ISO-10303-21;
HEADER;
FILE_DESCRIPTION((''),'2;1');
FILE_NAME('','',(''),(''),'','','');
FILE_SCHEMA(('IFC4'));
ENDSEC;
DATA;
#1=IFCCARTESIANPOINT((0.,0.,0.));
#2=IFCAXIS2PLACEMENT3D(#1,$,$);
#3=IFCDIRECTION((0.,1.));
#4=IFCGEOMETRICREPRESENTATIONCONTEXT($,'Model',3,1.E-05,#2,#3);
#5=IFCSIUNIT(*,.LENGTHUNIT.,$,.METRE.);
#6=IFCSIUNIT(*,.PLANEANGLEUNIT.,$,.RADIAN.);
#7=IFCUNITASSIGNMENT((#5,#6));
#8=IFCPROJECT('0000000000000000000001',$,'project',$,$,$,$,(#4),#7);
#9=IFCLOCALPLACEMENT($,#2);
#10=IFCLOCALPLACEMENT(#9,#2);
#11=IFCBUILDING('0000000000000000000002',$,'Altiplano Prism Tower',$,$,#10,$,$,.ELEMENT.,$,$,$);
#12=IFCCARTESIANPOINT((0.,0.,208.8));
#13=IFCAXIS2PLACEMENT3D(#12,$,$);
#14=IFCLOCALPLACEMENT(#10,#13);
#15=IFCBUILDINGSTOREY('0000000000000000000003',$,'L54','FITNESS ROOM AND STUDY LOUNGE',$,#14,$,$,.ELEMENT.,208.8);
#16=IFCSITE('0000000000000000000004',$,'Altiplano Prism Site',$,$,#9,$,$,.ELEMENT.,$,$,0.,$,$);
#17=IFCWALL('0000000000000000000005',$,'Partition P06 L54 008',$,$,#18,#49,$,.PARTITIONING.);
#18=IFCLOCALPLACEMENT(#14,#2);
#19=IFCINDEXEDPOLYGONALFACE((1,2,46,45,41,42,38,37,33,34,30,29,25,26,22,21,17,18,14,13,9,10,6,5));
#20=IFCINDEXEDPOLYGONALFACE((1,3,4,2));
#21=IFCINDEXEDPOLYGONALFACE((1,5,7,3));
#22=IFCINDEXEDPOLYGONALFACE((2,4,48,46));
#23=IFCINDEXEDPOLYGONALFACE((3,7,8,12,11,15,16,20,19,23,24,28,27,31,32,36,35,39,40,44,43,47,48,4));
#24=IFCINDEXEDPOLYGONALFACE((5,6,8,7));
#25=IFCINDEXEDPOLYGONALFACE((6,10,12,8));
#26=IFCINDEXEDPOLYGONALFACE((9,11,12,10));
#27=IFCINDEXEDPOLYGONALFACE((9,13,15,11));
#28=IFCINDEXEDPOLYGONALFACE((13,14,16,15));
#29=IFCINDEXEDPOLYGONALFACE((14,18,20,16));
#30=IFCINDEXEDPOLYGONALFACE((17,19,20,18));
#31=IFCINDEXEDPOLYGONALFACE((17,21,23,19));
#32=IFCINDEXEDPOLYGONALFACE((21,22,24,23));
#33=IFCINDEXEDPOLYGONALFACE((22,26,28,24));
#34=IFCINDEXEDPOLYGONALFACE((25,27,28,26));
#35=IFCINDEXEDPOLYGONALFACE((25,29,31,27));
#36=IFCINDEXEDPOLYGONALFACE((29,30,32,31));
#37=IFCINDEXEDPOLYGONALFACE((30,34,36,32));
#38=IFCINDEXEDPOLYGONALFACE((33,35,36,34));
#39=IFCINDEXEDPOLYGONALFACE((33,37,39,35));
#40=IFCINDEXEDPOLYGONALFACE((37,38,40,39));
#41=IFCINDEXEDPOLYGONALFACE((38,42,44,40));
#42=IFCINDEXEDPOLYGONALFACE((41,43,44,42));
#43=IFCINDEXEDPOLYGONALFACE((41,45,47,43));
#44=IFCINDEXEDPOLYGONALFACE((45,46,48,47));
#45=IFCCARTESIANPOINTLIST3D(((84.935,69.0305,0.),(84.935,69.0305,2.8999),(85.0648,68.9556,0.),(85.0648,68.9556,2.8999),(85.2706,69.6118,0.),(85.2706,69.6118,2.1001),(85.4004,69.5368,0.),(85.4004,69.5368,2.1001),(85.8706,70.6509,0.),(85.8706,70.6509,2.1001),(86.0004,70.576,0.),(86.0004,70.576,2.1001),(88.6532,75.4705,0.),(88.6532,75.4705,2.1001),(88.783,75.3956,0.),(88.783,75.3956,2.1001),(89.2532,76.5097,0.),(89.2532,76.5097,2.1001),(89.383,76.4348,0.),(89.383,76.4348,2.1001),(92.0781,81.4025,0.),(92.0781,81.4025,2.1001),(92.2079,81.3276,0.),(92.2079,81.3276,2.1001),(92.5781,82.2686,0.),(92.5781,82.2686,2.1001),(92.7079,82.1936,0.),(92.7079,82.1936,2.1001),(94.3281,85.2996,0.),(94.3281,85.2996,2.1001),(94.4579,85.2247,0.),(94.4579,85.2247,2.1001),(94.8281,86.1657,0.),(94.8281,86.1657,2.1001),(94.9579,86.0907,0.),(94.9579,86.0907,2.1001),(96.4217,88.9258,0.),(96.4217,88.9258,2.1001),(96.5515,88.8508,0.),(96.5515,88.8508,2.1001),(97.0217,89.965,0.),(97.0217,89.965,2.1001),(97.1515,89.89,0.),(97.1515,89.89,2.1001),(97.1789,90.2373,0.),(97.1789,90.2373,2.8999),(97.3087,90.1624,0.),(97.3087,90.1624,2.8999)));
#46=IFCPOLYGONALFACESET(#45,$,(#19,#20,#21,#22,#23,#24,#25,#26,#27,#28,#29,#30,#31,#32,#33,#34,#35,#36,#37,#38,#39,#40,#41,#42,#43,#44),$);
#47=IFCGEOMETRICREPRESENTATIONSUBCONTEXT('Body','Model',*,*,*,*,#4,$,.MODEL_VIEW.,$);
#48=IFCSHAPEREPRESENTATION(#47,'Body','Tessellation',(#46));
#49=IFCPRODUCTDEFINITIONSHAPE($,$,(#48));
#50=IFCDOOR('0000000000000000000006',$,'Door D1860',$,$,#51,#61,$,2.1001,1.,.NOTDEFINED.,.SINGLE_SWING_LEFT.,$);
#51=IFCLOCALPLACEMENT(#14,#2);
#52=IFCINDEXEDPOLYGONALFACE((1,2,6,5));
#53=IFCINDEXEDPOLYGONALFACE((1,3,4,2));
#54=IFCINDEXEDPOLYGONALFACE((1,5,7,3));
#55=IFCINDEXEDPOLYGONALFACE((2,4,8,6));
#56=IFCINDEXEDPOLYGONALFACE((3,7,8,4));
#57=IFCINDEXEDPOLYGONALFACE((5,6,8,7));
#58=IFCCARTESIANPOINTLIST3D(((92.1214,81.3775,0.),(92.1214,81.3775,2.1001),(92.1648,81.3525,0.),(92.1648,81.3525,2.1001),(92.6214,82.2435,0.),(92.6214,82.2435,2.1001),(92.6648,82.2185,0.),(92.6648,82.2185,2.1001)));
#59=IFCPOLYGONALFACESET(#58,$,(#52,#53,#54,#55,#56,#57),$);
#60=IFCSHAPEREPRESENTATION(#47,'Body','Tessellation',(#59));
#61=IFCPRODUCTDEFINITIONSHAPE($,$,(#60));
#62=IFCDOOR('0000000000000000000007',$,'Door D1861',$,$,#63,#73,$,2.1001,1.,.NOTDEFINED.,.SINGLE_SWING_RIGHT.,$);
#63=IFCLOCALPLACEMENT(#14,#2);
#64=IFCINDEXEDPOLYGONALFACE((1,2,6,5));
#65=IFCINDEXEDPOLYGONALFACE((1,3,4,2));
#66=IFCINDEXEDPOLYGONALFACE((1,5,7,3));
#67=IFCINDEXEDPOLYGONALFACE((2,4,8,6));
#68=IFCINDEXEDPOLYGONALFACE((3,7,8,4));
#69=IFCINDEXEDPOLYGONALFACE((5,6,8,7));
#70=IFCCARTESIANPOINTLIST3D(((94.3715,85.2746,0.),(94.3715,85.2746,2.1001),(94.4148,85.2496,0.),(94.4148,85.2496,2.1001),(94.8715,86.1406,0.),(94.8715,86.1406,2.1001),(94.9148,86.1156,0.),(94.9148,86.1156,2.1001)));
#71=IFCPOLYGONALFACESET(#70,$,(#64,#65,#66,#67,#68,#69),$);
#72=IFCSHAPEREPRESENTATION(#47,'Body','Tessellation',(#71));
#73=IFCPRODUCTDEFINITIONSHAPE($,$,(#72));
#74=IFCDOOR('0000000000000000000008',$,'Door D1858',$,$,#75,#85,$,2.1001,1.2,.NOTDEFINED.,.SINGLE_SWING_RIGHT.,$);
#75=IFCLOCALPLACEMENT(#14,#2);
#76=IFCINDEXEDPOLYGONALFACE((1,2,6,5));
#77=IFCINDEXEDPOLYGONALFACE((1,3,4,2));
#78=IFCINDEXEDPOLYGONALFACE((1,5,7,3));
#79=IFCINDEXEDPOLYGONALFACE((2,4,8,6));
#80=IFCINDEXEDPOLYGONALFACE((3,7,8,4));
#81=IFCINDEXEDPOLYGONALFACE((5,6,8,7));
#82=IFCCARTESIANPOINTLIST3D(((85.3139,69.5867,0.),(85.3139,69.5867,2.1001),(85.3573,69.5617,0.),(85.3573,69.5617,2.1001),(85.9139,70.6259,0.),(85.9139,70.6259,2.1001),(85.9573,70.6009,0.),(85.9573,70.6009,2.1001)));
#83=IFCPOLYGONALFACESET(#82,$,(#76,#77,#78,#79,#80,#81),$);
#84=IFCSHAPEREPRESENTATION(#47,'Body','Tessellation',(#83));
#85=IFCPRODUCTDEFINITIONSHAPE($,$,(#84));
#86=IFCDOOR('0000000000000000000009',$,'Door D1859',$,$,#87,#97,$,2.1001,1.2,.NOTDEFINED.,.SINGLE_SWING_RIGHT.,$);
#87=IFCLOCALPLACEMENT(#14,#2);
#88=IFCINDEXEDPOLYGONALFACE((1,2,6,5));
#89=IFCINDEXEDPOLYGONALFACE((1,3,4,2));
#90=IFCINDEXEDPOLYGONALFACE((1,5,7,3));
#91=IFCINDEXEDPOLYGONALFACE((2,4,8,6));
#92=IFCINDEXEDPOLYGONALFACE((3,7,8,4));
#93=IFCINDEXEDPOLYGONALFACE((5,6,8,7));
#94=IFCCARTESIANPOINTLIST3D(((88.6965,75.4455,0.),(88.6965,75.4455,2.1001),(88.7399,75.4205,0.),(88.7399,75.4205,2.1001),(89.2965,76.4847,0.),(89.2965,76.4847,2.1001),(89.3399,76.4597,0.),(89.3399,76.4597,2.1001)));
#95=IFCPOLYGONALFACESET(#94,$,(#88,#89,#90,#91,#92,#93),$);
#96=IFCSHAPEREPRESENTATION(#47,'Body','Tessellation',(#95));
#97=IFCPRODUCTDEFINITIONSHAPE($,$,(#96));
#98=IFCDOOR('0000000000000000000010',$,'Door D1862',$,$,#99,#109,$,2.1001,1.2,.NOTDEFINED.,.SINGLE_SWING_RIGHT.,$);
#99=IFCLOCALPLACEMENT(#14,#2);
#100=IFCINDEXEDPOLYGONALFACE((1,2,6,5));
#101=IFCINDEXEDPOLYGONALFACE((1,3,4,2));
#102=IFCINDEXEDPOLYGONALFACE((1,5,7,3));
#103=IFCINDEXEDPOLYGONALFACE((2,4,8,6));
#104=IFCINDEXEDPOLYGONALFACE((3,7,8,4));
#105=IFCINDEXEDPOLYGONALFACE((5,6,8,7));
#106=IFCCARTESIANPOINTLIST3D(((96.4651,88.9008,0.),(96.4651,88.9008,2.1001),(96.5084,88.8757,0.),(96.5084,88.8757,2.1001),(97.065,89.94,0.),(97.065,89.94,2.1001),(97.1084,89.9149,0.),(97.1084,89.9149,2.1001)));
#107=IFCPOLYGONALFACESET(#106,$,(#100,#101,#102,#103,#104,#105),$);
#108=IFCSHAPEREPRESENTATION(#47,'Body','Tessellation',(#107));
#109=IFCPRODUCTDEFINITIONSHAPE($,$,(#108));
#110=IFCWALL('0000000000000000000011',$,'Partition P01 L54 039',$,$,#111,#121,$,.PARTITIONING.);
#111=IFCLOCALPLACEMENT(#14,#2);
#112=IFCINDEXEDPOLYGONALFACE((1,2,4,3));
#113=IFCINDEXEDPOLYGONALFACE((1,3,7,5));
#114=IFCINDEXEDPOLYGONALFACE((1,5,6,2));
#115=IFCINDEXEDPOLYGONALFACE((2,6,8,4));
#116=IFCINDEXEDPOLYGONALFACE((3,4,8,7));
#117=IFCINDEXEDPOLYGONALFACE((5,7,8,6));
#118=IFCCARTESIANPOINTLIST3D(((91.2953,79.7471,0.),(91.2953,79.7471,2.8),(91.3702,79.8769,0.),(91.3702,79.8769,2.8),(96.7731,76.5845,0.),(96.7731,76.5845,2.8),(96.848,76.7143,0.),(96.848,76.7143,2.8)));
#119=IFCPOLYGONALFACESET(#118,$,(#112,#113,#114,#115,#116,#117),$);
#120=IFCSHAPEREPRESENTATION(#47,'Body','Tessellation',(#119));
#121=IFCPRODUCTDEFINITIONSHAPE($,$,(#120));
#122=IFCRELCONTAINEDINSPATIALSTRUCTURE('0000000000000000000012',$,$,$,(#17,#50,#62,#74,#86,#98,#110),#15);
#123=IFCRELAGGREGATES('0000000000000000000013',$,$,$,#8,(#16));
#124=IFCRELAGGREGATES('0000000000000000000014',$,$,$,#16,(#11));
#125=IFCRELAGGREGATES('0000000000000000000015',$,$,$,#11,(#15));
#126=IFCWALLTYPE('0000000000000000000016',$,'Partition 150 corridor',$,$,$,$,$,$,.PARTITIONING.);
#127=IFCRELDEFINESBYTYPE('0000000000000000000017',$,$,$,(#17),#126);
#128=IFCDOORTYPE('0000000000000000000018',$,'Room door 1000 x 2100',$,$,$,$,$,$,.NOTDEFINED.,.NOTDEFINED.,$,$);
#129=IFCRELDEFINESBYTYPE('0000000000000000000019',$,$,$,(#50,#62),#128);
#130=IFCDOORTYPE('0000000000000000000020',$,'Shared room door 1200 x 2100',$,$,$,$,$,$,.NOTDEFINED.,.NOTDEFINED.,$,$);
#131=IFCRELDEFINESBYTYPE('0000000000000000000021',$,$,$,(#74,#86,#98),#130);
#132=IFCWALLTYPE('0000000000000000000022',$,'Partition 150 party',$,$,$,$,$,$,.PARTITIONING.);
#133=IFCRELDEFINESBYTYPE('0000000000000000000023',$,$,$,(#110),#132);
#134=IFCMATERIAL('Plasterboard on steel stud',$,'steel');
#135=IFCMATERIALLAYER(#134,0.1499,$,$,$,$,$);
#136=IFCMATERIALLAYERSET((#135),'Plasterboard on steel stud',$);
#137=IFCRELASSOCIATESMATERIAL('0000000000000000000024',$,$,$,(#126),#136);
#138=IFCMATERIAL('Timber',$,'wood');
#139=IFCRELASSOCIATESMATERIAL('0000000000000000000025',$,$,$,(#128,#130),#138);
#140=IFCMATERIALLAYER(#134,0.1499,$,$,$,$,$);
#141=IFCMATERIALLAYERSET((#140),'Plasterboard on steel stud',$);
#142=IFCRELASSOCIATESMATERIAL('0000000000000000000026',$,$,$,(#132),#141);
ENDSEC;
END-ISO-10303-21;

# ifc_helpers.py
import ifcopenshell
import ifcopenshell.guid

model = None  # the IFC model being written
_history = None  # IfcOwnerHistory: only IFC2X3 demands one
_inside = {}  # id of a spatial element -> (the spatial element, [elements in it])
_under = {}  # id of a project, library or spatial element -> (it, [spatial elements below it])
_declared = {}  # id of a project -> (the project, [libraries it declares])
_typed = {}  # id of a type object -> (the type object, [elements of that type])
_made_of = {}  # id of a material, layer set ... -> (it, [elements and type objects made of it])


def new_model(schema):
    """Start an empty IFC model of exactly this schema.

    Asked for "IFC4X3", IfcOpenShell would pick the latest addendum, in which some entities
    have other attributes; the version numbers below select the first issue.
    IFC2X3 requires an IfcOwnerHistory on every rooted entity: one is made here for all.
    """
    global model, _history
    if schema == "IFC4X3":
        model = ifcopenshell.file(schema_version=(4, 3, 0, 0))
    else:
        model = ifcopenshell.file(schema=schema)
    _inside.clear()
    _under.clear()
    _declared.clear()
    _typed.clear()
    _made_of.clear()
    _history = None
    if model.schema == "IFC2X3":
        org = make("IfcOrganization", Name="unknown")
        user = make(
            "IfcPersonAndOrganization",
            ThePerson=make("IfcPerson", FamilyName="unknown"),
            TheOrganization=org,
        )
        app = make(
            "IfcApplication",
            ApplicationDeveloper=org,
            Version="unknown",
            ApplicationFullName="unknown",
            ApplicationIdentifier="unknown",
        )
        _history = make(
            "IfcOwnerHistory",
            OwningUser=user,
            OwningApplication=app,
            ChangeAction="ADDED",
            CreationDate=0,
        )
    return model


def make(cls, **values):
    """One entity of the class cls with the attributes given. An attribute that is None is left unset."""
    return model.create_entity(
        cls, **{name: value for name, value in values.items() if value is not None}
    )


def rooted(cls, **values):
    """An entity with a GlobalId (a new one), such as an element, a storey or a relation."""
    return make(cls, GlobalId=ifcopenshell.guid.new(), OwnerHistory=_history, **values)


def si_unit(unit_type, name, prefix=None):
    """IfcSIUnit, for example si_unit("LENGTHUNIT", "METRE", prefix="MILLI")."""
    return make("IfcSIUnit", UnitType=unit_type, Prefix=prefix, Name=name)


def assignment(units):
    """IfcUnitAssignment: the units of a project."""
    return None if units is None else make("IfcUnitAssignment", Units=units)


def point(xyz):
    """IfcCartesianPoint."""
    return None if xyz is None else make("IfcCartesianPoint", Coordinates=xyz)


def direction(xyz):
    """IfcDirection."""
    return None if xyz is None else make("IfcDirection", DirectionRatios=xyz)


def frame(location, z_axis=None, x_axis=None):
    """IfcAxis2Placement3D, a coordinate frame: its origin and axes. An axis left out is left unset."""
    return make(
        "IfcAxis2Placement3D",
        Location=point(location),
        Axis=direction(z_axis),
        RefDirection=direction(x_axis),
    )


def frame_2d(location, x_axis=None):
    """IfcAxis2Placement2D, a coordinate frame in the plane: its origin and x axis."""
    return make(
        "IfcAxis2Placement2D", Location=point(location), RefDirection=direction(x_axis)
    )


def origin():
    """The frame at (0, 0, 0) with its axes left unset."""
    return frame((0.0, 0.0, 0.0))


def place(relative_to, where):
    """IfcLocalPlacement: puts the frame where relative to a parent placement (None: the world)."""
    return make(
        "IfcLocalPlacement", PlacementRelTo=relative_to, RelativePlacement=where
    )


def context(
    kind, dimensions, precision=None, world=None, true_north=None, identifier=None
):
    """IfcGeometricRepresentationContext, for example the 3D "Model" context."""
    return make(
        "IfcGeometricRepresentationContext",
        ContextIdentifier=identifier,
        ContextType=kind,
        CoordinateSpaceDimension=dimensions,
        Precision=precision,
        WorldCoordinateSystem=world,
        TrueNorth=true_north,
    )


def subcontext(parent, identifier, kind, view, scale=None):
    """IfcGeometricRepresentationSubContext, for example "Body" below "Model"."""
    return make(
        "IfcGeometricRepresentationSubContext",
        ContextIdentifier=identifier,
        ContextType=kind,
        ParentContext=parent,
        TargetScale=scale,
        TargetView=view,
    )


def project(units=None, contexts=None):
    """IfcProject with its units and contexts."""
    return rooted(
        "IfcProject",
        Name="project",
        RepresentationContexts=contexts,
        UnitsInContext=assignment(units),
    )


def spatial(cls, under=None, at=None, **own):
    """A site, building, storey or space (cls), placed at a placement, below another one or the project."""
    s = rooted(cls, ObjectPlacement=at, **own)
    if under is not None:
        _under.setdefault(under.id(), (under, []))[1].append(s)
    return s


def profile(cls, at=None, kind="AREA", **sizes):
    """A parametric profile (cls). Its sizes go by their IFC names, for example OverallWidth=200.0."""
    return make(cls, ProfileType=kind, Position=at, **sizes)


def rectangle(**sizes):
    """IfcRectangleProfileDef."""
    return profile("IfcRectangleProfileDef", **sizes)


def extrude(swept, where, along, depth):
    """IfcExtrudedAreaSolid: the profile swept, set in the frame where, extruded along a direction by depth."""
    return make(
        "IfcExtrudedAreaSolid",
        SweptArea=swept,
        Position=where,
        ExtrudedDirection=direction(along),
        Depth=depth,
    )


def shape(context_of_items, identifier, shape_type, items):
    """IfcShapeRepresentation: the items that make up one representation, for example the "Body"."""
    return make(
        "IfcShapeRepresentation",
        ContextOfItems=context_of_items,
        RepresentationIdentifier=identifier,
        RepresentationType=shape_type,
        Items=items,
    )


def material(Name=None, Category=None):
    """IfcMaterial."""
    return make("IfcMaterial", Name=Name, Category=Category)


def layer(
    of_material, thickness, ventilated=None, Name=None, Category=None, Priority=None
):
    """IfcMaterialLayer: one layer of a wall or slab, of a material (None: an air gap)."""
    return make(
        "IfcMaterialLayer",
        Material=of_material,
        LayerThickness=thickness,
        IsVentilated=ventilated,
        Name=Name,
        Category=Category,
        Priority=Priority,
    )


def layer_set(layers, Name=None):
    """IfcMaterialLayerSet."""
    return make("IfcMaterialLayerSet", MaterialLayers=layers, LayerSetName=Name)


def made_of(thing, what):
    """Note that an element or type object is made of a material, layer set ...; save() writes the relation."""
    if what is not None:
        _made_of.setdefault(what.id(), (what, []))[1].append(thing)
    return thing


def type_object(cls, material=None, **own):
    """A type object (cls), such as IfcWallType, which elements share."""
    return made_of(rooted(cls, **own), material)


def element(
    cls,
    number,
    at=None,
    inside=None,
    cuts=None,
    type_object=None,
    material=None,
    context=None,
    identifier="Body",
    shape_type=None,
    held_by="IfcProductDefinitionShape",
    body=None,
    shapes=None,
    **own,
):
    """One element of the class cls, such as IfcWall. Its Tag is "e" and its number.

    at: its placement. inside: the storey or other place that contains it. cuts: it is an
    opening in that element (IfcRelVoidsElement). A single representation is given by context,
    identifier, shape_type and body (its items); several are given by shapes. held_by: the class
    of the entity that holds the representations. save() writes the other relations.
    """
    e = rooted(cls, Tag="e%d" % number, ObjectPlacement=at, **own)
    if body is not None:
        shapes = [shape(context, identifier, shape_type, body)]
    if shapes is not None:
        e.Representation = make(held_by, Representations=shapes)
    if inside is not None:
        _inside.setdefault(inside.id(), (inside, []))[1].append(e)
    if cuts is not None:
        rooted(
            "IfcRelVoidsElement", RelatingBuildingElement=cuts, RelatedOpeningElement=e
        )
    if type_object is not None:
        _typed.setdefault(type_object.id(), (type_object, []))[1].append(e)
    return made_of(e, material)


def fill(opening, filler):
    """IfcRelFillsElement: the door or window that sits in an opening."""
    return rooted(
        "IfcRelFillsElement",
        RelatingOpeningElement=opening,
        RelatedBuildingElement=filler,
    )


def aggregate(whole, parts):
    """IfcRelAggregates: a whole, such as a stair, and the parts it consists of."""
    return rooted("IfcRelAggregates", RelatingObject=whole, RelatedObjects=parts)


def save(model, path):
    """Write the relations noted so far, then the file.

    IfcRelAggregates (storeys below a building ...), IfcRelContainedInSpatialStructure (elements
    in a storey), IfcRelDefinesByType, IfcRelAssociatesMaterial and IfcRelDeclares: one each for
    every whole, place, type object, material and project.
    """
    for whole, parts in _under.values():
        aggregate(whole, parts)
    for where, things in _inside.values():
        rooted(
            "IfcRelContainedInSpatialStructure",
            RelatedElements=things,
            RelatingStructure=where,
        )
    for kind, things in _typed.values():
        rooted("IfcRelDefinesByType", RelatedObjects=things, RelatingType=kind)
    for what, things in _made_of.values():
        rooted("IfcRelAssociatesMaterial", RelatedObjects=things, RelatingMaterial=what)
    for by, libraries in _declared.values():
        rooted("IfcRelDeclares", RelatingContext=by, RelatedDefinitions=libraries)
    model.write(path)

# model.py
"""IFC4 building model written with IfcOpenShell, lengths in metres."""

from ifc_helpers import new_model, si_unit, direction, frame, frame_2d, origin, place, context, subcontext, project, spatial, rectangle, extrude, material, layer, layer_set, type_object, element, fill, save


model = new_model("IFC4")

# Units and contexts
model_context = context("Model", 3, precision=1e-05, world=origin(), true_north=direction((0.0, 1.0)))
body_context = subcontext(model_context, "Body", "Model", "MODEL_VIEW")
ifc_project = project(units=[si_unit("LENGTHUNIT", "METRE"), si_unit("PLANEANGLEUNIT", "RADIAN")], contexts=[model_context])

# Site, building, storey
site_placement = place(None, origin())
site = spatial("IfcSite", under=ifc_project, at=site_placement, Name="Altiplano Prism Site", CompositionType="ELEMENT", RefElevation=0.0)
building_placement = place(site_placement, origin())
building = spatial("IfcBuilding", under=site, at=building_placement, Name="Altiplano Prism Tower", CompositionType="ELEMENT")
storey_placement = place(building_placement, frame((0.0, 0.0, 208.8)))
storey = spatial("IfcBuildingStorey", under=building, at=storey_placement, Name="L54", Description="FITNESS ROOM AND STUDY LOUNGE", CompositionType="ELEMENT", Elevation=208.8)

# Wall, openings, doors
ifc_material_1 = material(Name="Plasterboard on steel stud", Category="steel")
ifc_layer_1 = layer(ifc_material_1, 0.1499)
ifc_layer_set_1 = layer_set([ifc_layer_1], Name="Plasterboard on steel stud")
wall_type_1 = type_object("IfcWallType", Name="Partition 150 corridor", PredefinedType="PARTITIONING", material=ifc_layer_set_1)
ifc_material_2 = material(Name="Timber", Category="wood")
wall_1_placement = place(storey_placement, frame((85.0, 68.9932, 0.0), z_axis=(0.0, 0.0, 1.0), x_axis=(0.500005, 0.866023, 0.0)))
wall_1 = element("IfcWall", 1, at=wall_1_placement, inside=storey, type_object=wall_type_1, Name="Partition P06 L54 008", PredefinedType="PARTITIONING", context=body_context, shape_type="SweptSolid", body=[
    extrude(rectangle(XDim=24.4875, YDim=0.1499, at=frame_2d((12.2437, 0.0))), origin(), (0.0, 0.0, 1.0), 2.8999),
])
opening_1_placement = place(wall_1_placement, frame((0.6709, 0.0, 0.0)))
opening_1 = element("IfcOpeningElement", 2, at=opening_1_placement, cuts=wall_1, PredefinedType="OPENING", context=body_context, shape_type="SweptSolid", body=[
    extrude(rectangle(XDim=1.2, YDim=2.1001, at=frame_2d((0.6001, 1.05))), frame((0.0, 0.0854, 0.0), z_axis=(0.0, -1.0, 0.0), x_axis=(1.0, 0.0, 0.0)), (0.0, 0.0, 1.0), 0.1709),
])
opening_2_placement = place(wall_1_placement, frame((7.436, 0.0, 0.0)))
opening_2 = element("IfcOpeningElement", 3, at=opening_2_placement, cuts=wall_1, PredefinedType="OPENING", context=body_context, shape_type="SweptSolid", body=[
    extrude(rectangle(XDim=1.2, YDim=2.1001, at=frame_2d((0.6001, 1.05))), frame((0.0, 0.0854, 0.0), z_axis=(0.0, -1.0, 0.0), x_axis=(1.0, 0.0, 0.0)), (0.0, 0.0, 1.0), 0.1709),
])
opening_3_placement = place(wall_1_placement, frame((14.2859, 0.0, 0.0)))
opening_3 = element("IfcOpeningElement", 4, at=opening_3_placement, cuts=wall_1, PredefinedType="OPENING", context=body_context, shape_type="SweptSolid", body=[
    extrude(rectangle(XDim=1.0, YDim=2.1001, at=frame_2d((0.5, 1.05))), frame((0.0, 0.0854, 0.0), z_axis=(0.0, -1.0, 0.0), x_axis=(1.0, 0.0, 0.0)), (0.0, 0.0, 1.0), 0.1709),
])
opening_4_placement = place(wall_1_placement, frame((18.7859, 0.0, 0.0)))
opening_4 = element("IfcOpeningElement", 5, at=opening_4_placement, cuts=wall_1, PredefinedType="OPENING", context=body_context, shape_type="SweptSolid", body=[
    extrude(rectangle(XDim=1.0, YDim=2.1001, at=frame_2d((0.5, 1.05))), frame((0.0, 0.0854, 0.0), z_axis=(0.0, -1.0, 0.0), x_axis=(1.0, 0.0, 0.0)), (0.0, 0.0, 1.0), 0.1709),
])
opening_5_placement = place(wall_1_placement, frame((22.9729, 0.0, 0.0)))
opening_5 = element("IfcOpeningElement", 6, at=opening_5_placement, cuts=wall_1, PredefinedType="OPENING", context=body_context, shape_type="SweptSolid", body=[
    extrude(rectangle(XDim=1.2, YDim=2.1001, at=frame_2d((0.6001, 1.05))), frame((0.0, 0.0854, 0.0), z_axis=(0.0, -1.0, 0.0), x_axis=(1.0, 0.0, 0.0)), (0.0, 0.0, 1.0), 0.1709),
])
door_type_1 = type_object("IfcDoorType", Name="Room door 1000 x 2100", OperationType="NOTDEFINED", PredefinedType="NOTDEFINED", material=ifc_material_2)
door_1_placement = place(opening_3_placement, origin())
door_1 = element("IfcDoor", 7, at=door_1_placement, inside=storey, type_object=door_type_1, Name="Door D1860", OperationType="SINGLE_SWING_LEFT", OverallHeight=2.1001, OverallWidth=1.0, PredefinedType="NOTDEFINED", context=body_context, shape_type="SweptSolid", body=[
    extrude(rectangle(XDim=1.0, YDim=2.1001, at=frame_2d((0.5, 1.05))), frame((0.0, 0.0249, 0.0), z_axis=(0.0, -1.0, 0.0), x_axis=(1.0, 0.0, 0.0)), (0.0, 0.0, 1.0), 0.05),
])
fill(opening_3, door_1)
door_2_placement = place(opening_4_placement, origin())
door_2 = element("IfcDoor", 8, at=door_2_placement, inside=storey, type_object=door_type_1, Name="Door D1861", OperationType="SINGLE_SWING_RIGHT", OverallHeight=2.1001, OverallWidth=1.0, PredefinedType="NOTDEFINED", context=body_context, shape_type="SweptSolid", body=[
    extrude(rectangle(XDim=1.0, YDim=2.1001, at=frame_2d((0.5, 1.05))), frame((0.0, 0.0249, 0.0), z_axis=(0.0, -1.0, 0.0), x_axis=(1.0, 0.0, 0.0)), (0.0, 0.0, 1.0), 0.05),
])
fill(opening_4, door_2)
door_type_2 = type_object("IfcDoorType", Name="Shared room door 1200 x 2100", OperationType="NOTDEFINED", PredefinedType="NOTDEFINED", material=ifc_material_2)
door_3_placement = place(opening_1_placement, origin())
door_3 = element("IfcDoor", 9, at=door_3_placement, inside=storey, type_object=door_type_2, Name="Door D1858", OperationType="SINGLE_SWING_RIGHT", OverallHeight=2.1001, OverallWidth=1.2, PredefinedType="NOTDEFINED", context=body_context, shape_type="SweptSolid", body=[
    extrude(rectangle(XDim=1.2, YDim=2.1001, at=frame_2d((0.6001, 1.05))), frame((0.0, 0.0249, 0.0), z_axis=(0.0, -1.0, 0.0), x_axis=(1.0, 0.0, 0.0)), (0.0, 0.0, 1.0), 0.05),
])
fill(opening_1, door_3)
door_4_placement = place(opening_2_placement, origin())
door_4 = element("IfcDoor", 10, at=door_4_placement, inside=storey, type_object=door_type_2, Name="Door D1859", OperationType="SINGLE_SWING_RIGHT", OverallHeight=2.1001, OverallWidth=1.2, PredefinedType="NOTDEFINED", context=body_context, shape_type="SweptSolid", body=[
    extrude(rectangle(XDim=1.2, YDim=2.1001, at=frame_2d((0.6001, 1.05))), frame((0.0, 0.0249, 0.0), z_axis=(0.0, -1.0, 0.0), x_axis=(1.0, 0.0, 0.0)), (0.0, 0.0, 1.0), 0.05),
])
fill(opening_2, door_4)
door_5_placement = place(opening_5_placement, origin())
door_5 = element("IfcDoor", 11, at=door_5_placement, inside=storey, type_object=door_type_2, Name="Door D1862", OperationType="SINGLE_SWING_RIGHT", OverallHeight=2.1001, OverallWidth=1.2, PredefinedType="NOTDEFINED", context=body_context, shape_type="SweptSolid", body=[
    extrude(rectangle(XDim=1.2, YDim=2.1001, at=frame_2d((0.6001, 1.05))), frame((0.0, 0.0249, 0.0), z_axis=(0.0, -1.0, 0.0), x_axis=(1.0, 0.0, 0.0)), (0.0, 0.0, 1.0), 0.05),
])
fill(opening_5, door_5)

# Wall
ifc_layer_2 = layer(ifc_material_1, 0.1499)
ifc_layer_set_2 = layer_set([ifc_layer_2], Name="Plasterboard on steel stud")
wall_type_2 = type_object("IfcWallType", Name="Partition 150 party", PredefinedType="PARTITIONING", material=ifc_layer_set_2)
wall_2_placement = place(storey_placement, frame((96.8105, 76.6494, 0.0), z_axis=(0.0, 0.0, 1.0), x_axis=(-0.866026, 0.5, 0.0)))
element("IfcWall", 12, at=wall_2_placement, inside=storey, type_object=wall_type_2, Name="Partition P01 L54 039", PredefinedType="PARTITIONING", context=body_context, shape_type="SweptSolid", body=[
    extrude(rectangle(XDim=6.3252, YDim=0.1499, at=frame_2d((3.1626, 0.0))), origin(), (0.0, 0.0, 1.0), 2.8),
])

save(model, "model.ifc")
